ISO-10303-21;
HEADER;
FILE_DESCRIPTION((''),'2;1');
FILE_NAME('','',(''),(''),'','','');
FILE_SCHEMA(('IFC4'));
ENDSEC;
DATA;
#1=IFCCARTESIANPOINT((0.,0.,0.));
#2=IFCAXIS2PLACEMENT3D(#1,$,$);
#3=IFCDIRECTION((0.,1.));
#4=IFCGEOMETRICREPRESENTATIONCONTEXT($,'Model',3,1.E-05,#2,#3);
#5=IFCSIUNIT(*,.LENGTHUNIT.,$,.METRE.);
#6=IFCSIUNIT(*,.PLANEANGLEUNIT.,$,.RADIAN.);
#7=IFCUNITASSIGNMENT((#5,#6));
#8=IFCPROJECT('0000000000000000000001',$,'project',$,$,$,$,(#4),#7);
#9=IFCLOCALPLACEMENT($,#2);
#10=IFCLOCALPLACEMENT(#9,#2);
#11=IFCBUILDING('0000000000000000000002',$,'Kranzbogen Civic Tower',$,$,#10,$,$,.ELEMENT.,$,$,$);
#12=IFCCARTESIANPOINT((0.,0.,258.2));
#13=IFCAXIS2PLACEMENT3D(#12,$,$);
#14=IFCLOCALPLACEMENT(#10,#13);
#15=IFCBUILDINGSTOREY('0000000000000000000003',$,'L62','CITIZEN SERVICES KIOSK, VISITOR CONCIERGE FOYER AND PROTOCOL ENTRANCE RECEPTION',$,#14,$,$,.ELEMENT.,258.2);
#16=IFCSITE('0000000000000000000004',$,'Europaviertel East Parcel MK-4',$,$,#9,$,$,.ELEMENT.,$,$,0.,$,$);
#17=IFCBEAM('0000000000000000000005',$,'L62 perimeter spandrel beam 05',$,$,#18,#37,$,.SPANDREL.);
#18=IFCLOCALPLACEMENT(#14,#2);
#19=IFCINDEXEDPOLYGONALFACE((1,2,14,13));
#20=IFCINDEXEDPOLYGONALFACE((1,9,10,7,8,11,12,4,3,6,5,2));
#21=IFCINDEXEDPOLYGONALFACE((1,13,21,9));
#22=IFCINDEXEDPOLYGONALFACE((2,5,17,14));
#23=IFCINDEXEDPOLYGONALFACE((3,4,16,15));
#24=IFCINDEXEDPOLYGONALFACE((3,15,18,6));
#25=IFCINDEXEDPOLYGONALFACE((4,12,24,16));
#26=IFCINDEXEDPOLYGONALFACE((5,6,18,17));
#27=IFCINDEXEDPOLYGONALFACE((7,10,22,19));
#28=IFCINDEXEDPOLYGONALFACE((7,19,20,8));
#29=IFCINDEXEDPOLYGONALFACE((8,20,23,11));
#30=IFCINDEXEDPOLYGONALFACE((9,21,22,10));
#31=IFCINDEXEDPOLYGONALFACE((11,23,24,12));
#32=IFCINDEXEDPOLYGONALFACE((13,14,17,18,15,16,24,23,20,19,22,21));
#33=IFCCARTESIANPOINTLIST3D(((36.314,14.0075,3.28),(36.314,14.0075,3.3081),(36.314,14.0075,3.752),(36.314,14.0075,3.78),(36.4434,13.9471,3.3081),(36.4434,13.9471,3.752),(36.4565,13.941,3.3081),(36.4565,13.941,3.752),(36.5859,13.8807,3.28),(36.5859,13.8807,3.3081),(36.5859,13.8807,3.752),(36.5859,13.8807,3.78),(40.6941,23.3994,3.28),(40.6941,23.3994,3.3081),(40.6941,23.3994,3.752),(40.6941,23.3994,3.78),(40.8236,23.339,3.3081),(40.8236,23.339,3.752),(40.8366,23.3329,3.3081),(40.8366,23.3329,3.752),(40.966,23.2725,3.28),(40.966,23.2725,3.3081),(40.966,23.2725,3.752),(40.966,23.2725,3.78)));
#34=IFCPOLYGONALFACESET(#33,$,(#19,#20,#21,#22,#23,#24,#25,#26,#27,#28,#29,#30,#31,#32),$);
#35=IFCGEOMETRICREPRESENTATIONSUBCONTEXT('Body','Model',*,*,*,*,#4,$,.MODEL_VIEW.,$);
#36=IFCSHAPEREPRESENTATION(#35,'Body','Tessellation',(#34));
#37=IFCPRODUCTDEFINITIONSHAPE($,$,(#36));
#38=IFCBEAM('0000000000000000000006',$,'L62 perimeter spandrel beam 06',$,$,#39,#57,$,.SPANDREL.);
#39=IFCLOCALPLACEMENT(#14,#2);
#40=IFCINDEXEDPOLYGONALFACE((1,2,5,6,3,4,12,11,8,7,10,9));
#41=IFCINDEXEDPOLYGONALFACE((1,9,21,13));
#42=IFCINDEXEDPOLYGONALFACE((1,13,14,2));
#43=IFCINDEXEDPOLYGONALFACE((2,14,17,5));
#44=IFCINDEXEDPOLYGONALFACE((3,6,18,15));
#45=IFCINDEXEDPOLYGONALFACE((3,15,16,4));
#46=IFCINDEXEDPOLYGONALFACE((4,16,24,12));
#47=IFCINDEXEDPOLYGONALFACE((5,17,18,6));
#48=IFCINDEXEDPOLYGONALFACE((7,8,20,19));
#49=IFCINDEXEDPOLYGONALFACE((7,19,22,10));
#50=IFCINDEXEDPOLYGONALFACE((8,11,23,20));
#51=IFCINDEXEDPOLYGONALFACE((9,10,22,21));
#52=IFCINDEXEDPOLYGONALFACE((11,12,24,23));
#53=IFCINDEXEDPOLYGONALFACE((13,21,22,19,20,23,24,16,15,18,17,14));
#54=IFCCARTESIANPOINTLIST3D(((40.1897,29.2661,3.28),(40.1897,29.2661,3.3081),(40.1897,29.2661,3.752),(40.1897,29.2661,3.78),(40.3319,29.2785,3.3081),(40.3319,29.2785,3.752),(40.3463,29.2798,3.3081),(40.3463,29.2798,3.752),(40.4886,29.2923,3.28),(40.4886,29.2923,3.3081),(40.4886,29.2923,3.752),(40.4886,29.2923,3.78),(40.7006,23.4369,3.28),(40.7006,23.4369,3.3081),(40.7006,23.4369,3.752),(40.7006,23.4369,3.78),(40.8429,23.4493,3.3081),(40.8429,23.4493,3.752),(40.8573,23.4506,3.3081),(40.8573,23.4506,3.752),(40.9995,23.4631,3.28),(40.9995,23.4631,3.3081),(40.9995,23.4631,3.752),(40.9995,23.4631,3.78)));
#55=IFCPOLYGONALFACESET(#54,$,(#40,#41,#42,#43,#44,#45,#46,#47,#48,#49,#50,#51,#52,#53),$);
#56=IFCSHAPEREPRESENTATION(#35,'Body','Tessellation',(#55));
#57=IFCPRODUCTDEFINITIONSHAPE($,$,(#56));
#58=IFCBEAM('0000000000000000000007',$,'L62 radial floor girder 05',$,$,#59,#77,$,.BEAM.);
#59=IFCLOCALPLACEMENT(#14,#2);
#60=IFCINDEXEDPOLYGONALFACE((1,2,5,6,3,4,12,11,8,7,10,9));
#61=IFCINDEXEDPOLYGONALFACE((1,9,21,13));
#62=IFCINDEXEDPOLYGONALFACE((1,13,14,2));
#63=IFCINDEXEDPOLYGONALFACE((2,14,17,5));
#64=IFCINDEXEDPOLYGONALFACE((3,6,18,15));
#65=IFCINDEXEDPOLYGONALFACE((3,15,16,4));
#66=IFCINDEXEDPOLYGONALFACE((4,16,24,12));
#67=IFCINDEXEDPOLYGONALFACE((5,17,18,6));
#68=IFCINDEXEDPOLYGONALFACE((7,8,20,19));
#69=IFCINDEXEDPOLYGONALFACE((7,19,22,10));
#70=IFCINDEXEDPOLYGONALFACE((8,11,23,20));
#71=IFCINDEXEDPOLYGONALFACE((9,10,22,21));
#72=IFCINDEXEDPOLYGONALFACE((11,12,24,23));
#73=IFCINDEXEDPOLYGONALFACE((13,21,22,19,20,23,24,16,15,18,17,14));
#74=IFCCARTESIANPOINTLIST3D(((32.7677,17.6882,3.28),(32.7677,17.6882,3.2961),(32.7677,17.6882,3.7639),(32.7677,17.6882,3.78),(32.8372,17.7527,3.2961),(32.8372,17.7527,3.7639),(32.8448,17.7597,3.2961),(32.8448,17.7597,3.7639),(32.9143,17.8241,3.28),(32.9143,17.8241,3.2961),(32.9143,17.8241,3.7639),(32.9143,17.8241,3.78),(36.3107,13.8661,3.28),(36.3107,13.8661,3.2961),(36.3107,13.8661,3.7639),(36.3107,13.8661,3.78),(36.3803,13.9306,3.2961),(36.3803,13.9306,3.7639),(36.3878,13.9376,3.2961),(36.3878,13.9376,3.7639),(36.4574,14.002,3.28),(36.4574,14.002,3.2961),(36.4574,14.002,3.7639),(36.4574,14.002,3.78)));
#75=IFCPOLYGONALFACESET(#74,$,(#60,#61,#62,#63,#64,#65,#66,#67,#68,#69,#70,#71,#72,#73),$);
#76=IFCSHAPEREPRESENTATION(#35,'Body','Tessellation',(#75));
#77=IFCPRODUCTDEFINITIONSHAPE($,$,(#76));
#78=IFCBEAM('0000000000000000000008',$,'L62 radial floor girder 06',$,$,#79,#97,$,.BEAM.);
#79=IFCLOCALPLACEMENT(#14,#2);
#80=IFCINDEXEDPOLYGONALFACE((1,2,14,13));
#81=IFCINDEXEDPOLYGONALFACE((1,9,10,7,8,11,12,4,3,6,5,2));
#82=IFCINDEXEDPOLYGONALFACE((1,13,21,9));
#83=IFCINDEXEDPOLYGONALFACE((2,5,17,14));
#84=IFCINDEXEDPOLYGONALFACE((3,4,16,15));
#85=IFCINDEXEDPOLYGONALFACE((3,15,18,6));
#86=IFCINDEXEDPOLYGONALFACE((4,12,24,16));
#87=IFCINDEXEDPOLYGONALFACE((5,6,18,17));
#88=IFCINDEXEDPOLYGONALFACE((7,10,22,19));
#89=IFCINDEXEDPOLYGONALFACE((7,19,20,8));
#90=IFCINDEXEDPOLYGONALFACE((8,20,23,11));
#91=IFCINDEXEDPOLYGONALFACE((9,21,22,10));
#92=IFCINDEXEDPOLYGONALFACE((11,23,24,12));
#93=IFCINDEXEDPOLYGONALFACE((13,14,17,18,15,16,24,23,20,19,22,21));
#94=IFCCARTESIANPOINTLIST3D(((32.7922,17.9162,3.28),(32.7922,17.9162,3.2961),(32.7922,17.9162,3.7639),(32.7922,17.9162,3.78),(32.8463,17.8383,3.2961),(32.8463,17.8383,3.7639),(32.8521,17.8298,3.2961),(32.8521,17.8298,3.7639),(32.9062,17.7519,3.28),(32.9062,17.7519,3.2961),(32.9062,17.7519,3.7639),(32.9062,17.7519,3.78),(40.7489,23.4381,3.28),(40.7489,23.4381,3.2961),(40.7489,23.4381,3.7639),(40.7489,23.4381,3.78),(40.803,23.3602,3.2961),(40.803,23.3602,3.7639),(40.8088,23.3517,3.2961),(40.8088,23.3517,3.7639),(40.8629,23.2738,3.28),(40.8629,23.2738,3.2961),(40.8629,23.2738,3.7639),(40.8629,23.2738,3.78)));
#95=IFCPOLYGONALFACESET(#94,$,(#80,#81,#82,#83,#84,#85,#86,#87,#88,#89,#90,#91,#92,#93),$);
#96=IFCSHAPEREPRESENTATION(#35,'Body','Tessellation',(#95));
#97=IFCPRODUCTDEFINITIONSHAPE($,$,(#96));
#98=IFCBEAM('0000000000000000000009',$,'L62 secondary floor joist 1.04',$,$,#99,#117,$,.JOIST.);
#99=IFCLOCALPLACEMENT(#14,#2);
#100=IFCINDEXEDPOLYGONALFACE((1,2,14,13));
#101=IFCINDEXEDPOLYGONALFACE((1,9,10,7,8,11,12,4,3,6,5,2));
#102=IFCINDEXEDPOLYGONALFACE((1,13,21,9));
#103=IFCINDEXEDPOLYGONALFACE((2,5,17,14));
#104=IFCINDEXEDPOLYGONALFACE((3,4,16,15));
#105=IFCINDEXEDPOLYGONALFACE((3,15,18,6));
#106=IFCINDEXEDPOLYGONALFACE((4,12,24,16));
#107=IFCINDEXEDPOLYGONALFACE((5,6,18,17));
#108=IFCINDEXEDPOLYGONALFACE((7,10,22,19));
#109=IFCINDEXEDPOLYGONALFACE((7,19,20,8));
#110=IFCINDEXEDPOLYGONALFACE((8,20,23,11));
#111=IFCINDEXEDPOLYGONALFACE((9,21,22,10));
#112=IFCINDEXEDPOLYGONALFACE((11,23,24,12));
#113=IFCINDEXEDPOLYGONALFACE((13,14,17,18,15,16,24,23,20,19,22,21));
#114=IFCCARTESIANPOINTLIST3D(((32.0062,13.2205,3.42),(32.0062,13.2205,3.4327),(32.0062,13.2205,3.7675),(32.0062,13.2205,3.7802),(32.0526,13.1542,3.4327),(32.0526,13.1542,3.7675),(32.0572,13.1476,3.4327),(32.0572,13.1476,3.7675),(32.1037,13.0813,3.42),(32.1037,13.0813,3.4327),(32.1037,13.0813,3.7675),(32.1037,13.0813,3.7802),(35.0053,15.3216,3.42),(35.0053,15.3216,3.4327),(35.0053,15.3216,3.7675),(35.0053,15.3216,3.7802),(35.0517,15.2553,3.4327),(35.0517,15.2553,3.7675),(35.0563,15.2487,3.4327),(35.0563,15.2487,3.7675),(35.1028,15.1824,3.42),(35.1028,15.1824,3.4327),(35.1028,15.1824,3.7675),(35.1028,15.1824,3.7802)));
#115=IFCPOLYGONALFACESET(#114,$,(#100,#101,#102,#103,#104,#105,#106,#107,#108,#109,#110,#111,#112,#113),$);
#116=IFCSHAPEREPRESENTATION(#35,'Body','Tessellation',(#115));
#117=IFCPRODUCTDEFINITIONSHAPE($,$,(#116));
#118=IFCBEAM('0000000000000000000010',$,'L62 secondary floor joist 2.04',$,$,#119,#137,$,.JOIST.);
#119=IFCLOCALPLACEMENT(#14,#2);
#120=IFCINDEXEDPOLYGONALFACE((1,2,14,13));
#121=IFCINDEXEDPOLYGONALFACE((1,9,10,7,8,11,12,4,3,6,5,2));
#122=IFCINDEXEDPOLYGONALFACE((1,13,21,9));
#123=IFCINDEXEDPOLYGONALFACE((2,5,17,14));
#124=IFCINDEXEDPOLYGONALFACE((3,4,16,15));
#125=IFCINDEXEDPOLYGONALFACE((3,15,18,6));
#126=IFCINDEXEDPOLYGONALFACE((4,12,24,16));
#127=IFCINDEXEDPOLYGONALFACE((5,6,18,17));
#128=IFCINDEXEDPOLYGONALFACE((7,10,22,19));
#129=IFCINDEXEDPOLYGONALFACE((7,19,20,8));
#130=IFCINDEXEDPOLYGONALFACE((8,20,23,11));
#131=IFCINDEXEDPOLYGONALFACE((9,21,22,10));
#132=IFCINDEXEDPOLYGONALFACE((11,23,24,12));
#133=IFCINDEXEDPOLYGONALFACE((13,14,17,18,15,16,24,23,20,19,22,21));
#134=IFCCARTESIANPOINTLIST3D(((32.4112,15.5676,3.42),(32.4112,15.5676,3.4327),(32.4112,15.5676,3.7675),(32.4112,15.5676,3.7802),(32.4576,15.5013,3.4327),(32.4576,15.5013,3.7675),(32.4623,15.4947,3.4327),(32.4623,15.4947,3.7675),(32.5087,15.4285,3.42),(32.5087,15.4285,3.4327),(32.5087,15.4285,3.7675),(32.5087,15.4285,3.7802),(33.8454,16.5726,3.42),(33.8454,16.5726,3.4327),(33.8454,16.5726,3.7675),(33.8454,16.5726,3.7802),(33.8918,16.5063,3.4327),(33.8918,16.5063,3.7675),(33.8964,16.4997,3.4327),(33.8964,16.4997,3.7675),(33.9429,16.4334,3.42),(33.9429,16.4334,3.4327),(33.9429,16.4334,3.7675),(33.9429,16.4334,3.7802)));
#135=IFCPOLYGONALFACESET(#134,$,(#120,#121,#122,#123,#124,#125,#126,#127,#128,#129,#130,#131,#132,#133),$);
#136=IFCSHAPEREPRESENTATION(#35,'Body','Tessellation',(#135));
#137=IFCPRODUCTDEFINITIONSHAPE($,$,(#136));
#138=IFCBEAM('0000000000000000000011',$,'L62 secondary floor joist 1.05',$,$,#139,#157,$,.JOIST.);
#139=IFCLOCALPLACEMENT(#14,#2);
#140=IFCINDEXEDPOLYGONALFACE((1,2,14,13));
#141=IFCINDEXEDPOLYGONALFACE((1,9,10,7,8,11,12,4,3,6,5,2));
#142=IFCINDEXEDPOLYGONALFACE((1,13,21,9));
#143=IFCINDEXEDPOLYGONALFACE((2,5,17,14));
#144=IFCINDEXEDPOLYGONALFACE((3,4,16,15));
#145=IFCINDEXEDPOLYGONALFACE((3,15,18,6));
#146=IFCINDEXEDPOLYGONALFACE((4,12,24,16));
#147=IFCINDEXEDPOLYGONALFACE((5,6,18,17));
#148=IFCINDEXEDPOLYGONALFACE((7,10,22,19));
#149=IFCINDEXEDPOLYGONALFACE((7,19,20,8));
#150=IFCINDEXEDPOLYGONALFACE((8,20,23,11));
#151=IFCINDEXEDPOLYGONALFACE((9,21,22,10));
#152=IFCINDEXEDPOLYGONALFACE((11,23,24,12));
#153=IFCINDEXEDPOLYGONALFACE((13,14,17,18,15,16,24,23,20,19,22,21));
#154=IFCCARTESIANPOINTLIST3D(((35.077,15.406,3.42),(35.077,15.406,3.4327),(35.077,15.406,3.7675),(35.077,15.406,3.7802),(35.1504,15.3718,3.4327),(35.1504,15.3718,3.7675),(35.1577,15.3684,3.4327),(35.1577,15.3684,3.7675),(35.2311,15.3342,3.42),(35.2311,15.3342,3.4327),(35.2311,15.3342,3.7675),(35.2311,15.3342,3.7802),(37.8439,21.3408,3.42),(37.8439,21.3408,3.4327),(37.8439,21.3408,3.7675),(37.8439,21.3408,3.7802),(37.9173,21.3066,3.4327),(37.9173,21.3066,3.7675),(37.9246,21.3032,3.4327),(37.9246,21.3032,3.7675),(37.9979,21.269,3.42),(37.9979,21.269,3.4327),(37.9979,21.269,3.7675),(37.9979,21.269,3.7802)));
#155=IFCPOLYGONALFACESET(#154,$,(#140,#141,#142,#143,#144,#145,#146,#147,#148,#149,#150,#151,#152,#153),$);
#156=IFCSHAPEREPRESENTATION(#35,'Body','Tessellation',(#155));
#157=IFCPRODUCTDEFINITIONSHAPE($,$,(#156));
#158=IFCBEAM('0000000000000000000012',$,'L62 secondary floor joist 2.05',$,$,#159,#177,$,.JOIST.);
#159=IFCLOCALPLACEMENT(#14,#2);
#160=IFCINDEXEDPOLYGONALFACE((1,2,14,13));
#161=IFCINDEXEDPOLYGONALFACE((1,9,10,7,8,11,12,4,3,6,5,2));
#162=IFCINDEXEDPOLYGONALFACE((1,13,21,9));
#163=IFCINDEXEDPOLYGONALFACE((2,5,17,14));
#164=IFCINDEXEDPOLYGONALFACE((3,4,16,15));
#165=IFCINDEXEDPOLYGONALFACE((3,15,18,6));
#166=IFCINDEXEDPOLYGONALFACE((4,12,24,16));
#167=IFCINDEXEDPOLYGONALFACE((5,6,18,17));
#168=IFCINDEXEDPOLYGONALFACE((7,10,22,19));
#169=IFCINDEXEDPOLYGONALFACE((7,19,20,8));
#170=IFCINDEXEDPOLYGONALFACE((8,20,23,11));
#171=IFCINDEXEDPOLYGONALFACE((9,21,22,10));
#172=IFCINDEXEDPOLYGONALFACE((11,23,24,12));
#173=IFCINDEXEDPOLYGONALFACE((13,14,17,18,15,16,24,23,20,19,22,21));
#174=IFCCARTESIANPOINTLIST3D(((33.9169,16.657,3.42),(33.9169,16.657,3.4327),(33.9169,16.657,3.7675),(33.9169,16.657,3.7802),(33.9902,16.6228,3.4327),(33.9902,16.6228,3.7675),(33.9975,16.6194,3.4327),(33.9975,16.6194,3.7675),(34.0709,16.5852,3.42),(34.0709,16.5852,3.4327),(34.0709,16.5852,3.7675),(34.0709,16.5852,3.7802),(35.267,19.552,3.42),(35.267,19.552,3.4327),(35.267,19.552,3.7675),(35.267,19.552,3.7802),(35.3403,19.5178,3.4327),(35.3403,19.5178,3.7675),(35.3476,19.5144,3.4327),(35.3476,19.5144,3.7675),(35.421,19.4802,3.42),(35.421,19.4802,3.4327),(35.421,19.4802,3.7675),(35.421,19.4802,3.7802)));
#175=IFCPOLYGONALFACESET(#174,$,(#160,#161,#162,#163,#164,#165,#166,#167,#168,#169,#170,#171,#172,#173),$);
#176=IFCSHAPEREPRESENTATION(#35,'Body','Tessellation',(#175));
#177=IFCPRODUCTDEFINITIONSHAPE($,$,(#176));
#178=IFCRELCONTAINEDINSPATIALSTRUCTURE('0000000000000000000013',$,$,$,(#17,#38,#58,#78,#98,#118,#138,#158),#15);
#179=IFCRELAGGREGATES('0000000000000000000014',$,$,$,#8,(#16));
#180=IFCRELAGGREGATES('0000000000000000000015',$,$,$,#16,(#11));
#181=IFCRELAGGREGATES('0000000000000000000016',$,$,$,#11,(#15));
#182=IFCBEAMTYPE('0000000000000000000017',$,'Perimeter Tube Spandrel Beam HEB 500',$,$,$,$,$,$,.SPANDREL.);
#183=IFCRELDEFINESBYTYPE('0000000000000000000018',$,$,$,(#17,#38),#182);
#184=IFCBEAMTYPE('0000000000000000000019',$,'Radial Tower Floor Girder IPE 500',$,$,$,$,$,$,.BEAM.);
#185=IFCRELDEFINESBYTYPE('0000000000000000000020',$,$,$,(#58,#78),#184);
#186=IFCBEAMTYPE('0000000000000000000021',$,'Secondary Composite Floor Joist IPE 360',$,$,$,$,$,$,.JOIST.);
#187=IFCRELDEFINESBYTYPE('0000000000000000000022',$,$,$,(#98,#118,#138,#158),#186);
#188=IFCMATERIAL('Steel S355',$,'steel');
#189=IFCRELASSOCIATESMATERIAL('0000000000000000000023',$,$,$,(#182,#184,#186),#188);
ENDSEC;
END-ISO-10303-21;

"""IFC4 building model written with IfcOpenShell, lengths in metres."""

from ifc_helpers import new_model, si_unit, direction, frame, origin, origin_2d, place, context, subcontext, project, spatial, i_section, extrude, material, material_profile, profile_set, type_object, element, save


model = new_model("IFC4")

# Units and contexts
model_context = context("Model", 3, precision=1e-05, world=origin(), true_north=direction((0.0, 1.0)))
body_context = subcontext(model_context, "Body", "Model", "MODEL_VIEW")
ifc_project = project(units=[si_unit("LENGTHUNIT", "METRE"), si_unit("PLANEANGLEUNIT", "RADIAN")], contexts=[model_context])

# Site, building, storey
site_placement = place(None, origin())
site = spatial("IfcSite", under=ifc_project, at=site_placement, Name="Europaviertel East Parcel MK-4", CompositionType="ELEMENT", RefElevation=0.0)
building_placement = place(site_placement, origin())
building = spatial("IfcBuilding", under=site, at=building_placement, Name="Kranzbogen Civic Tower", CompositionType="ELEMENT")
storey_placement = place(building_placement, frame((0.0, 0.0, 258.2)))
storey = spatial("IfcBuildingStorey", under=building, at=storey_placement, Name="L62", Description="CITIZEN SERVICES KIOSK, VISITOR CONCIERGE FOYER AND PROTOCOL ENTRANCE RECEPTION", CompositionType="ELEMENT", Elevation=258.2)

# Shared definitions
ifc_material_1 = material(Name="Steel S355", Category="steel")

# Beams
ifc_material_profile_1 = material_profile(ifc_material_1, i_section(OverallWidth=0.3, OverallDepth=0.5, WebThickness=0.0144, FlangeThickness=0.0281, at=origin_2d()), Name="HEB 500")
ifc_profile_set_1 = profile_set([ifc_material_profile_1], Name="Steel S355")
beam_type_1 = type_object("IfcBeamType", Name="Perimeter Tube Spandrel Beam HEB 500", PredefinedType="SPANDREL", material=ifc_profile_set_1)
beam_1_placement = place(storey_placement, frame((36.45, 13.9441, 3.53), z_axis=(0.422669, 0.906284, 0.0), x_axis=(-0.906284, 0.422669, 0.0)))
element("IfcBeam", 1, at=beam_1_placement, inside=storey, type_object=beam_type_1, Name="L62 perimeter spandrel beam 05", PredefinedType="SPANDREL", context=body_context, shape_type="SweptSolid", body=[
    extrude(i_section(OverallWidth=0.3, OverallDepth=0.5, WebThickness=0.0144, FlangeThickness=0.0281, at=origin_2d()), origin(), (0.0, 0.0, 1.0), 10.363),
])
beam_2_placement = place(storey_placement, frame((40.8501, 23.45, 3.53), z_axis=(-0.087326, 0.99618, 0.0), x_axis=(-0.99618, -0.087326, 0.0)))
element("IfcBeam", 2, at=beam_2_placement, inside=storey, type_object=beam_type_1, Name="L62 perimeter spandrel beam 06", PredefinedType="SPANDREL", context=body_context, shape_type="SweptSolid", body=[
    extrude(i_section(OverallWidth=0.3, OverallDepth=0.5, WebThickness=0.0144, FlangeThickness=0.0281, at=origin_2d()), origin(), (0.0, 0.0, 1.0), 5.8516),
])
ifc_material_profile_2 = material_profile(ifc_material_1, i_section(OverallWidth=0.2, OverallDepth=0.5, WebThickness=0.0103, FlangeThickness=0.0161, at=origin_2d()), Name="IPE 500")
ifc_profile_set_2 = profile_set([ifc_material_profile_2], Name="Steel S355")
beam_type_2 = type_object("IfcBeamType", Name="Radial Tower Floor Girder IPE 500", PredefinedType="BEAM", material=ifc_profile_set_2)
beam_3_placement = place(storey_placement, frame((36.384, 13.9341, 3.53), z_axis=(-0.679827, 0.733372, 0.0), x_axis=(-0.733372, -0.679827, 0.0)))
element("IfcBeam", 3, at=beam_3_placement, inside=storey, type_object=beam_type_2, Name="L62 radial floor girder 05", PredefinedType="BEAM", context=body_context, shape_type="SweptSolid", body=[
    extrude(i_section(OverallWidth=0.2, OverallDepth=0.5, WebThickness=0.0103, FlangeThickness=0.0161, at=origin_2d()), origin(), (0.0, 0.0, 1.0), 5.2117),
])
beam_4_placement = place(storey_placement, frame((40.8059, 23.356, 3.53), z_axis=(-0.821543, -0.570147, 0.0), x_axis=(0.570147, -0.821543, 0.0)))
element("IfcBeam", 4, at=beam_4_placement, inside=storey, type_object=beam_type_2, Name="L62 radial floor girder 06", PredefinedType="BEAM", context=body_context, shape_type="SweptSolid", body=[
    extrude(i_section(OverallWidth=0.2, OverallDepth=0.5, WebThickness=0.0103, FlangeThickness=0.0161, at=origin_2d()), origin(), (0.0, 0.0, 1.0), 9.6851),
])
ifc_material_profile_3 = material_profile(ifc_material_1, i_section(OverallWidth=0.1699, OverallDepth=0.3601, WebThickness=0.0081, FlangeThickness=0.0127, at=origin_2d()), Name="IPE 360")
ifc_profile_set_3 = profile_set([ifc_material_profile_3], Name="Steel S355")
beam_type_3 = type_object("IfcBeamType", Name="Secondary Composite Floor Joist IPE 360", PredefinedType="JOIST", material=ifc_profile_set_3)
beam_5_placement = place(storey_placement, frame((32.0549, 13.1509, 3.6001), z_axis=(0.819006, 0.573784, 0.0), x_axis=(-0.573784, 0.819006, 0.0)))
element("IfcBeam", 5, at=beam_5_placement, inside=storey, type_object=beam_type_3, Name="L62 secondary floor joist 1.04", PredefinedType="JOIST", context=body_context, shape_type="SweptSolid", body=[
    extrude(i_section(OverallWidth=0.1699, OverallDepth=0.3601, WebThickness=0.0081, FlangeThickness=0.0127, at=origin_2d()), origin(), (0.0, 0.0, 1.0), 3.6619),
])
beam_6_placement = place(storey_placement, frame((32.46, 15.498, 3.6001), z_axis=(0.818957, 0.573855, 0.0), x_axis=(-0.573855, 0.818957, 0.0)))
element("IfcBeam", 6, at=beam_6_placement, inside=storey, type_object=beam_type_3, Name="L62 secondary floor joist 2.04", PredefinedType="JOIST", context=body_context, shape_type="SweptSolid", body=[
    extrude(i_section(OverallWidth=0.1699, OverallDepth=0.3601, WebThickness=0.0081, FlangeThickness=0.0127, at=origin_2d()), origin(), (0.0, 0.0, 1.0), 1.7512),
])
beam_7_placement = place(storey_placement, frame((35.1541, 15.3701, 3.6001), z_axis=(0.422543, 0.906343, 0.0), x_axis=(-0.906343, 0.422543, 0.0)))
element("IfcBeam", 7, at=beam_7_placement, inside=storey, type_object=beam_type_3, Name="L62 secondary floor joist 1.05", PredefinedType="JOIST", context=body_context, shape_type="SweptSolid", body=[
    extrude(i_section(OverallWidth=0.1699, OverallDepth=0.3601, WebThickness=0.0081, FlangeThickness=0.0127, at=origin_2d()), origin(), (0.0, 0.0, 1.0), 6.5481),
])
beam_8_placement = place(storey_placement, frame((33.9939, 16.6211, 3.6001), z_axis=(0.422651, 0.906292, 0.0), x_axis=(-0.906292, 0.422651, 0.0)))
element("IfcBeam", 8, at=beam_8_placement, inside=storey, type_object=beam_type_3, Name="L62 secondary floor joist 2.05", PredefinedType="JOIST", context=body_context, shape_type="SweptSolid", body=[
    extrude(i_section(OverallWidth=0.1699, OverallDepth=0.3601, WebThickness=0.0081, FlangeThickness=0.0127, at=origin_2d()), origin(), (0.0, 0.0, 1.0), 3.1943),
])

save(model, "model.ifc")
